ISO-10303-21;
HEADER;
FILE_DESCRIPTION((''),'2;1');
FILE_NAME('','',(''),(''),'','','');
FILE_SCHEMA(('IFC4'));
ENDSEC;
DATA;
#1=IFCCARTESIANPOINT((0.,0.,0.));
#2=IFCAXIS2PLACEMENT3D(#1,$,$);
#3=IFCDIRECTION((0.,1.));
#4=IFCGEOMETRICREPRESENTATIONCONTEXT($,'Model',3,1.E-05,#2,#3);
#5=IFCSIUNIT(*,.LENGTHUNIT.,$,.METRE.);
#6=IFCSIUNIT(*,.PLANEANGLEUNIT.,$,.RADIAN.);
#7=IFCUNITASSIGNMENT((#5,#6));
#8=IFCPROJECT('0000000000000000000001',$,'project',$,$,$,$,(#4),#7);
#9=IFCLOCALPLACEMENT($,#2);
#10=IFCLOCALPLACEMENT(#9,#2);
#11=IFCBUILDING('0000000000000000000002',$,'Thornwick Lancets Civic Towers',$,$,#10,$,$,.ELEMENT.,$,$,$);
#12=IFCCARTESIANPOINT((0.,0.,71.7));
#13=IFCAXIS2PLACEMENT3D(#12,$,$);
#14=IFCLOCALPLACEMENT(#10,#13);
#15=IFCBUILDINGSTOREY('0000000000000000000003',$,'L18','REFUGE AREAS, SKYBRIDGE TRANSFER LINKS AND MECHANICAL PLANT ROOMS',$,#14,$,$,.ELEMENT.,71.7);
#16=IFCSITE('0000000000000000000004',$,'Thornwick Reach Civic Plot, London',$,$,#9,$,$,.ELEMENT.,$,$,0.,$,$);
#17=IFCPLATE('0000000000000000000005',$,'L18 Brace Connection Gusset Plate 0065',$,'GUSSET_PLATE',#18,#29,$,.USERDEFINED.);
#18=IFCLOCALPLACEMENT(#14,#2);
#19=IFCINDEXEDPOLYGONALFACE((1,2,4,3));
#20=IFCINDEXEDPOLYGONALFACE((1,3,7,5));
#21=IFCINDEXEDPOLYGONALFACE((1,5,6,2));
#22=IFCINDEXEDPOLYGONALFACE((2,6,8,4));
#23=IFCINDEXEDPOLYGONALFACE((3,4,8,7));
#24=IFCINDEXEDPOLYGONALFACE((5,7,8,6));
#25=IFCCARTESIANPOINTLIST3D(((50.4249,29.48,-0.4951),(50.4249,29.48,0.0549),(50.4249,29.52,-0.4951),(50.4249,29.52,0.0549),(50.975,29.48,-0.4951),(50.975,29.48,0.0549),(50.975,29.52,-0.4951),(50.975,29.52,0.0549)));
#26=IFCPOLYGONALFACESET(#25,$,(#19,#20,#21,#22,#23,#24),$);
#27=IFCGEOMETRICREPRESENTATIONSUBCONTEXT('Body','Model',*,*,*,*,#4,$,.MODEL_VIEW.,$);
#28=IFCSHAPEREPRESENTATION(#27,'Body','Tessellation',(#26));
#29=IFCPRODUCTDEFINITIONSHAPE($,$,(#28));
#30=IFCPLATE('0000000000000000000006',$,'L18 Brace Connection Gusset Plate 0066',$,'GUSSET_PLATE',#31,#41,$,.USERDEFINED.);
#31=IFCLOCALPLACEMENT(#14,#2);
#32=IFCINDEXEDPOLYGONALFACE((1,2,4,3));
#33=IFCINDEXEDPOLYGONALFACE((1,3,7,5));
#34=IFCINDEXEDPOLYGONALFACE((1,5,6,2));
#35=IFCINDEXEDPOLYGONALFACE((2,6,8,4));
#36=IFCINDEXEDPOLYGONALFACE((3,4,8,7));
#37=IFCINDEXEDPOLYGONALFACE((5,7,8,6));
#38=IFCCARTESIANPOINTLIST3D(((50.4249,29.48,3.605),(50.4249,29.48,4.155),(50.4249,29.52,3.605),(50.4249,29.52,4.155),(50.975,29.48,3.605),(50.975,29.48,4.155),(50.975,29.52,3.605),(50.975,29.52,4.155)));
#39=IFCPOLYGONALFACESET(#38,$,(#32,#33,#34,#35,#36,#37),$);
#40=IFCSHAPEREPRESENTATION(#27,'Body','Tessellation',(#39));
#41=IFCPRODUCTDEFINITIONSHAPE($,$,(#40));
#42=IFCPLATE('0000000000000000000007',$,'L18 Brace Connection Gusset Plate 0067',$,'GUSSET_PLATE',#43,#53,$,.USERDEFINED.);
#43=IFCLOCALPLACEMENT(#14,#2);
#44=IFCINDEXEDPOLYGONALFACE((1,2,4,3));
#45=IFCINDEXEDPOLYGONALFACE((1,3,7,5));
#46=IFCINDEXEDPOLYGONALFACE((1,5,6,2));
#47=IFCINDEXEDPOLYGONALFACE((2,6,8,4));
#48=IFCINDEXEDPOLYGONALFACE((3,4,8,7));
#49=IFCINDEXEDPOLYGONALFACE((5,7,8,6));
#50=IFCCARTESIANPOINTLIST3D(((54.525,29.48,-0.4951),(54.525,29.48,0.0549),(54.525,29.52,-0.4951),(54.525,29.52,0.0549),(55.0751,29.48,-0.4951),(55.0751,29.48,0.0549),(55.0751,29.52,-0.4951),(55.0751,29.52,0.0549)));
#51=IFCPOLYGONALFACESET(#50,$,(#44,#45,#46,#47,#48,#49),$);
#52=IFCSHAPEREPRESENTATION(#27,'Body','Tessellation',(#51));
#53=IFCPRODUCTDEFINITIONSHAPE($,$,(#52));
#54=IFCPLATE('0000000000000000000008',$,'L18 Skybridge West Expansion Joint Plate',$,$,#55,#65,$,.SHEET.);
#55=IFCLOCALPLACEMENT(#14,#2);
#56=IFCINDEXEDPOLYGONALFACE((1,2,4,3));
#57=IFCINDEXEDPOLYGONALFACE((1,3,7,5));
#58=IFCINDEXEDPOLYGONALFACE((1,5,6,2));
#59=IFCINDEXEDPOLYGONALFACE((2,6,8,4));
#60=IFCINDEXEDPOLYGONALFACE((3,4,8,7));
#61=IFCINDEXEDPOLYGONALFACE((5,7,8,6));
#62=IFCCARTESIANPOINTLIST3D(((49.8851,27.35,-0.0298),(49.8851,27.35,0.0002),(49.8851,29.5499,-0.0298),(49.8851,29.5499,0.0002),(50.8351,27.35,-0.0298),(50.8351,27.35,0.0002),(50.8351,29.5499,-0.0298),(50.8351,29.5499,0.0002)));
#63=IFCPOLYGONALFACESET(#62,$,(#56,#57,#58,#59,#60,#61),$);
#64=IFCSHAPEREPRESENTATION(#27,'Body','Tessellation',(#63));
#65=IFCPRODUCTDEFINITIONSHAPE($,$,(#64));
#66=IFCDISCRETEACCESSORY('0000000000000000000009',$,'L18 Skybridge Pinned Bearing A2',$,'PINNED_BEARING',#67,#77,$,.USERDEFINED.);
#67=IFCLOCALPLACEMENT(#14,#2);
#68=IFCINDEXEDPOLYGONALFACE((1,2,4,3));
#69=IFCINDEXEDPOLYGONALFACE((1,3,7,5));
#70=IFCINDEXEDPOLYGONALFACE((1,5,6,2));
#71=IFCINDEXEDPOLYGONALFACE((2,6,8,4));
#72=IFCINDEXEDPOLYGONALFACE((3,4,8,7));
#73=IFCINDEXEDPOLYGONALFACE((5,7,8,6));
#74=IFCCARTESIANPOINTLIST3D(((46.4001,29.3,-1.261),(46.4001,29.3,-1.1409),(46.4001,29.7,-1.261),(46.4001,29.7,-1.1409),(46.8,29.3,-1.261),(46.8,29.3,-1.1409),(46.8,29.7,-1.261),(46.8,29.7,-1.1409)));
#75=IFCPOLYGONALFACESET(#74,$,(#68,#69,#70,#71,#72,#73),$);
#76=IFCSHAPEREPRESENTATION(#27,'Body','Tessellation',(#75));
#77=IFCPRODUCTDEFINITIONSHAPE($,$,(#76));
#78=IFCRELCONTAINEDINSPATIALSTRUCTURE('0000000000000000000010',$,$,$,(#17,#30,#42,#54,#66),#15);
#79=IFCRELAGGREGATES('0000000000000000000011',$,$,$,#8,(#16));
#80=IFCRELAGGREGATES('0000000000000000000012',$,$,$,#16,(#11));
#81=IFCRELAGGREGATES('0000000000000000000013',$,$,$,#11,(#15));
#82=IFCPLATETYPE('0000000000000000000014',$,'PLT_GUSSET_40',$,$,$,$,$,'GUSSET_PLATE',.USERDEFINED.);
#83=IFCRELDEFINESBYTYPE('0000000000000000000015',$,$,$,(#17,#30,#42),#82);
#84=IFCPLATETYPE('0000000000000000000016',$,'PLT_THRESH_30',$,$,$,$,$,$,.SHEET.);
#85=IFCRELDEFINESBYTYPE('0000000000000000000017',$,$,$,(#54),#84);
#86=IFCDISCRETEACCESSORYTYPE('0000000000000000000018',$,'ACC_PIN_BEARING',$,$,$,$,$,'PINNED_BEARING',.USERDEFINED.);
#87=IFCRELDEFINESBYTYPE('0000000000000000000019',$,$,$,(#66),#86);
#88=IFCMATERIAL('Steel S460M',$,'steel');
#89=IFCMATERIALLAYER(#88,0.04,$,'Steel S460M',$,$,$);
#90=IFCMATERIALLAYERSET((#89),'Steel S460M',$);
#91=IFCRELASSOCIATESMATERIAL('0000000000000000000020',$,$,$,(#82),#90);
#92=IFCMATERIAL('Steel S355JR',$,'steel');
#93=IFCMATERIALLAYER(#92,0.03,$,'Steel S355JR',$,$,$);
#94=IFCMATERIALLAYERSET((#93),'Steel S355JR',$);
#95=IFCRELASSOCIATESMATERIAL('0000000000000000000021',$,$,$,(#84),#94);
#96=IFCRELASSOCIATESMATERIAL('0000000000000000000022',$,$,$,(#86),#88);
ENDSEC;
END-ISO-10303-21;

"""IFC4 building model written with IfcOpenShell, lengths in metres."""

from ifc_helpers import new_model, si_unit, direction, frame, origin, origin_2d, place, context, subcontext, project, spatial, rectangle, extrude, material, layer, layer_set, type_object, element, save


model = new_model("IFC4")

# Units and contexts
model_context = context("Model", 3, precision=1e-05, world=origin(), true_north=direction((0.0, 1.0)))
body_context = subcontext(model_context, "Body", "Model", "MODEL_VIEW")
ifc_project = project(units=[si_unit("LENGTHUNIT", "METRE"), si_unit("PLANEANGLEUNIT", "RADIAN")], contexts=[model_context])

# Site, building, storey
site_placement = place(None, origin())
site = spatial("IfcSite", under=ifc_project, at=site_placement, Name="Thornwick Reach Civic Plot, London", CompositionType="ELEMENT", RefElevation=0.0)
building_placement = place(site_placement, origin())
building = spatial("IfcBuilding", under=site, at=building_placement, Name="Thornwick Lancets Civic Towers", CompositionType="ELEMENT")
storey_placement = place(building_placement, frame((0.0, 0.0, 71.7)))
storey = spatial("IfcBuildingStorey", under=building, at=storey_placement, Name="L18", Description="REFUGE AREAS, SKYBRIDGE TRANSFER LINKS AND MECHANICAL PLANT ROOMS", CompositionType="ELEMENT", Elevation=71.7)

# Shared definitions
ifc_material_1 = material(Name="Steel S460M", Category="steel")

# Shared definitions
ifc_material_2 = material(Name="Steel S355JR", Category="steel")

# Plates
ifc_layer_1 = layer(ifc_material_1, 0.04, Name="Steel S460M")
ifc_layer_set_1 = layer_set([ifc_layer_1], Name="Steel S460M")
plate_type_1 = type_object("IfcPlateType", Name="PLT_GUSSET_40", ElementType="GUSSET_PLATE", PredefinedType="USERDEFINED", material=ifc_layer_set_1)
for number, where, z_axis, x_axis, name in (
    (1, (50.7, 29.5, -0.4951), (0.0, 0.0, 1.0), (1.0, 0.0, 0.0), "L18 Brace Connection Gusset Plate 0065"),
    (2, (50.7, 29.5, 3.605), (0.0, 0.0, 1.0), (1.0, 0.0, 0.0), "L18 Brace Connection Gusset Plate 0066"),
    (3, (54.8, 29.5, -0.4951), (0.0, 0.0, 1.0), (1.0, 0.0, 0.0), "L18 Brace Connection Gusset Plate 0067"),
):
    element("IfcPlate", number, at=place(storey_placement, frame(where, z_axis=z_axis, x_axis=x_axis)), inside=storey, type_object=plate_type_1, Name=name, ObjectType="GUSSET_PLATE", PredefinedType="USERDEFINED", context=body_context, shape_type="SweptSolid", body=[
        extrude(rectangle(XDim=0.55, YDim=0.04, at=origin_2d()), origin(), (0.0, 0.0, 1.0), 0.55),
    ])
ifc_layer_2 = layer(ifc_material_2, 0.03, Name="Steel S355JR")
ifc_layer_set_2 = layer_set([ifc_layer_2], Name="Steel S355JR")
plate_type_2 = type_object("IfcPlateType", Name="PLT_THRESH_30", PredefinedType="SHEET", material=ifc_layer_set_2)
plate_1_placement = place(storey_placement, frame((50.3601, 28.45, -0.0298), z_axis=(0.0, 0.0, 1.0), x_axis=(1.0, 0.0, 0.0)))
element("IfcPlate", 4, at=plate_1_placement, inside=storey, type_object=plate_type_2, Name="L18 Skybridge West Expansion Joint Plate", PredefinedType="SHEET", context=body_context, shape_type="SweptSolid", body=[
    extrude(rectangle(XDim=0.95, YDim=2.2, at=origin_2d()), origin(), (0.0, 0.0, 1.0), 0.03),
])

# Discrete accessory
discrete_accessory_type = type_object("IfcDiscreteAccessoryType", Name="ACC_PIN_BEARING", ElementType="PINNED_BEARING", PredefinedType="USERDEFINED", material=ifc_material_1)
discrete_accessory_placement = place(storey_placement, frame((46.6001, 29.5, -1.261), z_axis=(0.0, 0.0, 1.0), x_axis=(1.0, 0.0, 0.0)))
element("IfcDiscreteAccessory", 5, at=discrete_accessory_placement, inside=storey, type_object=discrete_accessory_type, Name="L18 Skybridge Pinned Bearing A2", ObjectType="PINNED_BEARING", PredefinedType="USERDEFINED", context=body_context, shape_type="SweptSolid", body=[
    extrude(rectangle(XDim=0.3999, YDim=0.3999, at=origin_2d()), origin(), (0.0, 0.0, 1.0), 0.1201),
])

save(model, "model.ifc")
